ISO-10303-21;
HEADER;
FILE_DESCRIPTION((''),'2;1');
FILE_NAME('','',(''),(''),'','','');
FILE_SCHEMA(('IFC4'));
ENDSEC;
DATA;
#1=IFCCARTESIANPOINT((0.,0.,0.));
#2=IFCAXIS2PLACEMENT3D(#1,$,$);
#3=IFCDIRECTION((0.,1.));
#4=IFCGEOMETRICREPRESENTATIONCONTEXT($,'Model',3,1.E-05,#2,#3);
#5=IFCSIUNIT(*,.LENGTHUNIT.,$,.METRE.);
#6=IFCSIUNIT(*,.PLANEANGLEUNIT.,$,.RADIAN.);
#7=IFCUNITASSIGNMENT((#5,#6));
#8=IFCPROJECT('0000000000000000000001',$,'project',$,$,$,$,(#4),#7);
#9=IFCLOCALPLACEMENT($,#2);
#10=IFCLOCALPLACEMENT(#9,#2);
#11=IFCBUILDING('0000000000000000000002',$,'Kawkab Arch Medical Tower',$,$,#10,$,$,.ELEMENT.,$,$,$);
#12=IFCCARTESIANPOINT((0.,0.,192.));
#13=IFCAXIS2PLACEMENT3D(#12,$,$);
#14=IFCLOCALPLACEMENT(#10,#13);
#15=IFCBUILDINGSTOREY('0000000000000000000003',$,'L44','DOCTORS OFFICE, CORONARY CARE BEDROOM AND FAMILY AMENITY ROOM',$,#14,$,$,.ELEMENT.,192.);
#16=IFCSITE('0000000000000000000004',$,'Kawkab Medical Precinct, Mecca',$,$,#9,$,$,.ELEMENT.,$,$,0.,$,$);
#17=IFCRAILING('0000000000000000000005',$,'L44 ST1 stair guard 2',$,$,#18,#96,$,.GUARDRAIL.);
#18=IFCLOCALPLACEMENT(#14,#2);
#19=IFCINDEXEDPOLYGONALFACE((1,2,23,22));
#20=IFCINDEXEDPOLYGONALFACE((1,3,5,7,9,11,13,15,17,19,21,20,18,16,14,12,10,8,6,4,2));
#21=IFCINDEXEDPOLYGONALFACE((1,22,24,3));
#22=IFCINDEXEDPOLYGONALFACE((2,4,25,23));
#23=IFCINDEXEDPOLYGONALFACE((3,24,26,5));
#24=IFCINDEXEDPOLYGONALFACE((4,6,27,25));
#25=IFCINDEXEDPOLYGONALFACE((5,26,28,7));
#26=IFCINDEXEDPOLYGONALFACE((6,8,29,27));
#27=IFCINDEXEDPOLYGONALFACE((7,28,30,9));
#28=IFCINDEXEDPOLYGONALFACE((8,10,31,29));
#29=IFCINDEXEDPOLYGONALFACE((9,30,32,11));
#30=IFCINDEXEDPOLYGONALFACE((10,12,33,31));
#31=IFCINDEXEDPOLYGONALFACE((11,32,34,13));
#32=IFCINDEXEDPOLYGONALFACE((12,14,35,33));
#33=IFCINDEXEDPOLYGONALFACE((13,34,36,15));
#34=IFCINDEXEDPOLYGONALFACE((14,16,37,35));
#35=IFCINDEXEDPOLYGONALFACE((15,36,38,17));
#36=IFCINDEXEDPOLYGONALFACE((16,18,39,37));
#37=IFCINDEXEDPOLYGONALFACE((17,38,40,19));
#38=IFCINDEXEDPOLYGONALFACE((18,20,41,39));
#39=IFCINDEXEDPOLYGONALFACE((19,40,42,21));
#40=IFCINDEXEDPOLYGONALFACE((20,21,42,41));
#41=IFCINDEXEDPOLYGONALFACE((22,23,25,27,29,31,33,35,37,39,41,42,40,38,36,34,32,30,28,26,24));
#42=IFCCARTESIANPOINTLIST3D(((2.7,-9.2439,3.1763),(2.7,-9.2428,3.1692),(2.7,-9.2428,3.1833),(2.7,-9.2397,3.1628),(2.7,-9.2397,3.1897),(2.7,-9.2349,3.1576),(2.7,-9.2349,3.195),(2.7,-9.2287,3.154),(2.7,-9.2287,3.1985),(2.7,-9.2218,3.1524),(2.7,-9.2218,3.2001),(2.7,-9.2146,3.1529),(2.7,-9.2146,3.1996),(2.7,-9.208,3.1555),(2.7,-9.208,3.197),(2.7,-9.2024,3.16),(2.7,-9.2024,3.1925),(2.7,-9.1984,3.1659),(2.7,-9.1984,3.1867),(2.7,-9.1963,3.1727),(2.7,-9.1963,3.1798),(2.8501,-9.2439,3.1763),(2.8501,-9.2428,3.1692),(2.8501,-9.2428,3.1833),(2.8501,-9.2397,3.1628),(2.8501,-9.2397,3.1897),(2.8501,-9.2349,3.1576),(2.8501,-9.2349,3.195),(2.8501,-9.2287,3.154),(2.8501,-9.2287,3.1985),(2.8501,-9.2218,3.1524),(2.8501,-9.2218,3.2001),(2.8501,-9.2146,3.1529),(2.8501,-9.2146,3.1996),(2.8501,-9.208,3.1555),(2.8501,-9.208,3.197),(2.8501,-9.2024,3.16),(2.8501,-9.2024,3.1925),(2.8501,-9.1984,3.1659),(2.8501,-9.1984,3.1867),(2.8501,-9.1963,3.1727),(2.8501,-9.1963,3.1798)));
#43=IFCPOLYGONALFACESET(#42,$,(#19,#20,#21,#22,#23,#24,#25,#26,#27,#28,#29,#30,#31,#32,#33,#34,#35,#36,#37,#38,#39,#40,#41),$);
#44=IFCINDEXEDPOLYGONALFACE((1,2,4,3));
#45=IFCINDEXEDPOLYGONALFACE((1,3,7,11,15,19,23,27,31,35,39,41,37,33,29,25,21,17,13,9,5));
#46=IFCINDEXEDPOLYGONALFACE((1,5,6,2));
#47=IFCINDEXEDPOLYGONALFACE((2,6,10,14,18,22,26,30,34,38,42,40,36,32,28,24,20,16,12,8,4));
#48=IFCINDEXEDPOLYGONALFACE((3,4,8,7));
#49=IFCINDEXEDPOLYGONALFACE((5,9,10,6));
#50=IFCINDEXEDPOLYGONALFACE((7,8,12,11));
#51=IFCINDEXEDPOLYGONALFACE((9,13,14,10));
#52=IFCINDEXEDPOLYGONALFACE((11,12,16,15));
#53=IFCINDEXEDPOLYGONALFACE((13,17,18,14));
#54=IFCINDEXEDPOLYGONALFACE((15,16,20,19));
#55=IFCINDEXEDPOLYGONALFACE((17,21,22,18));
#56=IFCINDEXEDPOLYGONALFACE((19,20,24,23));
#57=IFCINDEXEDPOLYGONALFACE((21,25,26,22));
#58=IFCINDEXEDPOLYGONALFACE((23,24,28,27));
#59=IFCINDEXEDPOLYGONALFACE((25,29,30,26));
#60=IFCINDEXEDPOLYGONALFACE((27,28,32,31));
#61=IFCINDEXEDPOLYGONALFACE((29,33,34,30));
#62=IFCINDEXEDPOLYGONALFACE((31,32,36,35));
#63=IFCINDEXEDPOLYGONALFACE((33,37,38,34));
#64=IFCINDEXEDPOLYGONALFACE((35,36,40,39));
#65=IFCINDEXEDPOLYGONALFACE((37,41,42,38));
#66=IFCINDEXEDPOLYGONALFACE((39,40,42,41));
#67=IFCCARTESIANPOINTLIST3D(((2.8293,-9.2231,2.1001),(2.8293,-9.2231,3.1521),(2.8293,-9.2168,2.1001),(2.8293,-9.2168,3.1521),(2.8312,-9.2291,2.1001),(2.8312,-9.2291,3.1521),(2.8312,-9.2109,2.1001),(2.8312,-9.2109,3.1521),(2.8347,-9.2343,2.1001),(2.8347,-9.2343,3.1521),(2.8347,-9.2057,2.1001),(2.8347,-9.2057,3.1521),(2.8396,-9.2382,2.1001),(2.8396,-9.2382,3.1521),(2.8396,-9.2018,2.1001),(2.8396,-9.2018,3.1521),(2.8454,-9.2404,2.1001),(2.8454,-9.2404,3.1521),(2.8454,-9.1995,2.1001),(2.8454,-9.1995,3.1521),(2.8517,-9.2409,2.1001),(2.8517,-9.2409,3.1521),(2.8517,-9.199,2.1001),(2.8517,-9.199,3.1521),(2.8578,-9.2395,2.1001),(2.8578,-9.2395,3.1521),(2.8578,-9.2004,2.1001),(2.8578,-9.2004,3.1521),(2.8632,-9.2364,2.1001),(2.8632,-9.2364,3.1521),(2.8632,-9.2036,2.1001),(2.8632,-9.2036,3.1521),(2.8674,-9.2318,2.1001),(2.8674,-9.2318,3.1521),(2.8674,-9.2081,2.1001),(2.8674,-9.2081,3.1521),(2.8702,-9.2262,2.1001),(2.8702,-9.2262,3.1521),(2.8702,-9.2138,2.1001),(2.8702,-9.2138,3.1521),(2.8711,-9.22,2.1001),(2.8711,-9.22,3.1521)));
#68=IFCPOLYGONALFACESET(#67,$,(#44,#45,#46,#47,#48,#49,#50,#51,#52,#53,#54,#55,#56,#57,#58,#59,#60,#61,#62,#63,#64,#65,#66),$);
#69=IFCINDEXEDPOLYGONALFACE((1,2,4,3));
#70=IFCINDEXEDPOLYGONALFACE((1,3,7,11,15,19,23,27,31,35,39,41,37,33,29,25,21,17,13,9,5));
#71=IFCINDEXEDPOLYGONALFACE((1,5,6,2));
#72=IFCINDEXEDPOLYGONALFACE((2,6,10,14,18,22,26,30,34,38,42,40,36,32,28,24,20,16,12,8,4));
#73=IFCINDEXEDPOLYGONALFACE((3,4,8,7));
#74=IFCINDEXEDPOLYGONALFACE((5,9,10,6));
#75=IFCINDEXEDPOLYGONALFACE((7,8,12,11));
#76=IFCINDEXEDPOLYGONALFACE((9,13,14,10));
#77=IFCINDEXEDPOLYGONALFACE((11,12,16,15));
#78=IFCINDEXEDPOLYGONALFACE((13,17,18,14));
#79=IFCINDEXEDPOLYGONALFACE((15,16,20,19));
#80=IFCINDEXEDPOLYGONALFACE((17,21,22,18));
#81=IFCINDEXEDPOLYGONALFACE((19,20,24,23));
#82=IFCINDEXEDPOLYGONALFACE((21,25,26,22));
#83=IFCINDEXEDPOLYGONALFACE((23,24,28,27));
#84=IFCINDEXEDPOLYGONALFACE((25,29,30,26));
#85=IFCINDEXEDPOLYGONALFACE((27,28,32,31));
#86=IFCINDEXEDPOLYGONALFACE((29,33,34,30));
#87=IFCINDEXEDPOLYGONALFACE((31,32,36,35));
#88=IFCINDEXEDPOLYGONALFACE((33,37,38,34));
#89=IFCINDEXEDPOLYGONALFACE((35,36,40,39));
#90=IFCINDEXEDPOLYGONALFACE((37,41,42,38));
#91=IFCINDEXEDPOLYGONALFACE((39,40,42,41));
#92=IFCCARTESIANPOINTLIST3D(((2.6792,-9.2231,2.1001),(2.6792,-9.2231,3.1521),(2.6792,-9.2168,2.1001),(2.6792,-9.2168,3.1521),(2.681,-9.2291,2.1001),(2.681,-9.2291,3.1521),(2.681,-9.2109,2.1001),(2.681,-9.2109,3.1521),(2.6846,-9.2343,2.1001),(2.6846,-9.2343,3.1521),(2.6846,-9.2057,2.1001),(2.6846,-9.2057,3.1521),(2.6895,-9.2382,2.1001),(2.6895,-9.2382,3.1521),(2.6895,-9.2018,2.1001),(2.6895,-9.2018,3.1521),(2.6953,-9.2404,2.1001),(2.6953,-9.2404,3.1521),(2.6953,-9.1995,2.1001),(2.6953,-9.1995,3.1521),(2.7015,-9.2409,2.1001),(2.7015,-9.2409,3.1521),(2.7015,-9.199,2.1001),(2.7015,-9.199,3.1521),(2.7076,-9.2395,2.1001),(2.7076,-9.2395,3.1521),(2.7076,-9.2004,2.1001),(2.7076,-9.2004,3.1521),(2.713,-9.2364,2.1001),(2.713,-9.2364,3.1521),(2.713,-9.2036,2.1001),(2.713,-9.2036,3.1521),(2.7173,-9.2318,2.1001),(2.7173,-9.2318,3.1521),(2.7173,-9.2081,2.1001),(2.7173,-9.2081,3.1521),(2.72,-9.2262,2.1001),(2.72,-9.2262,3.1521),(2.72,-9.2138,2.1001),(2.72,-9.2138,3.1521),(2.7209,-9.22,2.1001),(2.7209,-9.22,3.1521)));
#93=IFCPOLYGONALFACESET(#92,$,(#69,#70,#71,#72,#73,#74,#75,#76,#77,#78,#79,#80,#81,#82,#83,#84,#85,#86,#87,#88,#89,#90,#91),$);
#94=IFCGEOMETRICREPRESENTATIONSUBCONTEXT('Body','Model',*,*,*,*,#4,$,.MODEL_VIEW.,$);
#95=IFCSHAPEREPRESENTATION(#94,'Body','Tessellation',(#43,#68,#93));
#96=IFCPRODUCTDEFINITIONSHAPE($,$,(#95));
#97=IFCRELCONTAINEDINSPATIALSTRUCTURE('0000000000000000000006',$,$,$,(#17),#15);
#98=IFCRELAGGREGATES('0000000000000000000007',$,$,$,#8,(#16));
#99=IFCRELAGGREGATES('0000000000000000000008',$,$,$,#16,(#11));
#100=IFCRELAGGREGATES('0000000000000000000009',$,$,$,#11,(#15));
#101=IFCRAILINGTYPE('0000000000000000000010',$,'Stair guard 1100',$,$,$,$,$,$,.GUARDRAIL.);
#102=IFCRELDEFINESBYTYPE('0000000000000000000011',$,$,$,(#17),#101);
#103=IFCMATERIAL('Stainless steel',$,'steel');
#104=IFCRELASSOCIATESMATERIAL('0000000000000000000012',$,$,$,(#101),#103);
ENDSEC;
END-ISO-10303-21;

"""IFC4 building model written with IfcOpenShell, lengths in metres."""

from ifc_helpers import new_model, si_unit, direction, frame, origin, origin_2d, place, context, subcontext, project, spatial, circle, extrude, material, type_object, element, save


model = new_model("IFC4")

# Units and contexts
model_context = context("Model", 3, precision=1e-05, world=origin(), true_north=direction((0.0, 1.0)))
body_context = subcontext(model_context, "Body", "Model", "MODEL_VIEW")
ifc_project = project(units=[si_unit("LENGTHUNIT", "METRE"), si_unit("PLANEANGLEUNIT", "RADIAN")], contexts=[model_context])

# Site, building, storey
site_placement = place(None, origin())
site = spatial("IfcSite", under=ifc_project, at=site_placement, Name="Kawkab Medical Precinct, Mecca", CompositionType="ELEMENT", RefElevation=0.0)
building_placement = place(site_placement, origin())
building = spatial("IfcBuilding", under=site, at=building_placement, Name="Kawkab Arch Medical Tower", CompositionType="ELEMENT")
storey_placement = place(building_placement, frame((0.0, 0.0, 192.0)))
storey = spatial("IfcBuildingStorey", under=building, at=storey_placement, Name="L44", Description="DOCTORS OFFICE, CORONARY CARE BEDROOM AND FAMILY AMENITY ROOM", CompositionType="ELEMENT", Elevation=192.0)

# Railing
ifc_material_1 = material(Name="Stainless steel", Category="steel")
railing_type_1 = type_object("IfcRailingType", Name="Stair guard 1100", PredefinedType="GUARDRAIL", material=ifc_material_1)
railing_1_placement = place(storey_placement, frame((2.8501, -9.22, 2.1001)))
element("IfcRailing", 1, at=railing_1_placement, inside=storey, type_object=railing_type_1, Name="L44 ST1 stair guard 2", PredefinedType="GUARDRAIL", context=body_context, shape_type="SweptSolid", body=[
    extrude(circle(Radius=0.0239, at=origin_2d()), frame((0.0, 0.0, 1.0762), z_axis=(-1.0, 0.0, 0.0), x_axis=(0.0, -1.0, 0.0)), (0.0, 0.0, 1.0), 0.1501),
    extrude(circle(Radius=0.021, at=origin_2d()), origin(), (0.0, 0.0, 1.0), 1.052),
    extrude(circle(Radius=0.021, at=origin_2d()), frame((-0.1501, 0.0, 0.0)), (0.0, 0.0, 1.0), 1.052),
])

save(model, "model.ifc")
